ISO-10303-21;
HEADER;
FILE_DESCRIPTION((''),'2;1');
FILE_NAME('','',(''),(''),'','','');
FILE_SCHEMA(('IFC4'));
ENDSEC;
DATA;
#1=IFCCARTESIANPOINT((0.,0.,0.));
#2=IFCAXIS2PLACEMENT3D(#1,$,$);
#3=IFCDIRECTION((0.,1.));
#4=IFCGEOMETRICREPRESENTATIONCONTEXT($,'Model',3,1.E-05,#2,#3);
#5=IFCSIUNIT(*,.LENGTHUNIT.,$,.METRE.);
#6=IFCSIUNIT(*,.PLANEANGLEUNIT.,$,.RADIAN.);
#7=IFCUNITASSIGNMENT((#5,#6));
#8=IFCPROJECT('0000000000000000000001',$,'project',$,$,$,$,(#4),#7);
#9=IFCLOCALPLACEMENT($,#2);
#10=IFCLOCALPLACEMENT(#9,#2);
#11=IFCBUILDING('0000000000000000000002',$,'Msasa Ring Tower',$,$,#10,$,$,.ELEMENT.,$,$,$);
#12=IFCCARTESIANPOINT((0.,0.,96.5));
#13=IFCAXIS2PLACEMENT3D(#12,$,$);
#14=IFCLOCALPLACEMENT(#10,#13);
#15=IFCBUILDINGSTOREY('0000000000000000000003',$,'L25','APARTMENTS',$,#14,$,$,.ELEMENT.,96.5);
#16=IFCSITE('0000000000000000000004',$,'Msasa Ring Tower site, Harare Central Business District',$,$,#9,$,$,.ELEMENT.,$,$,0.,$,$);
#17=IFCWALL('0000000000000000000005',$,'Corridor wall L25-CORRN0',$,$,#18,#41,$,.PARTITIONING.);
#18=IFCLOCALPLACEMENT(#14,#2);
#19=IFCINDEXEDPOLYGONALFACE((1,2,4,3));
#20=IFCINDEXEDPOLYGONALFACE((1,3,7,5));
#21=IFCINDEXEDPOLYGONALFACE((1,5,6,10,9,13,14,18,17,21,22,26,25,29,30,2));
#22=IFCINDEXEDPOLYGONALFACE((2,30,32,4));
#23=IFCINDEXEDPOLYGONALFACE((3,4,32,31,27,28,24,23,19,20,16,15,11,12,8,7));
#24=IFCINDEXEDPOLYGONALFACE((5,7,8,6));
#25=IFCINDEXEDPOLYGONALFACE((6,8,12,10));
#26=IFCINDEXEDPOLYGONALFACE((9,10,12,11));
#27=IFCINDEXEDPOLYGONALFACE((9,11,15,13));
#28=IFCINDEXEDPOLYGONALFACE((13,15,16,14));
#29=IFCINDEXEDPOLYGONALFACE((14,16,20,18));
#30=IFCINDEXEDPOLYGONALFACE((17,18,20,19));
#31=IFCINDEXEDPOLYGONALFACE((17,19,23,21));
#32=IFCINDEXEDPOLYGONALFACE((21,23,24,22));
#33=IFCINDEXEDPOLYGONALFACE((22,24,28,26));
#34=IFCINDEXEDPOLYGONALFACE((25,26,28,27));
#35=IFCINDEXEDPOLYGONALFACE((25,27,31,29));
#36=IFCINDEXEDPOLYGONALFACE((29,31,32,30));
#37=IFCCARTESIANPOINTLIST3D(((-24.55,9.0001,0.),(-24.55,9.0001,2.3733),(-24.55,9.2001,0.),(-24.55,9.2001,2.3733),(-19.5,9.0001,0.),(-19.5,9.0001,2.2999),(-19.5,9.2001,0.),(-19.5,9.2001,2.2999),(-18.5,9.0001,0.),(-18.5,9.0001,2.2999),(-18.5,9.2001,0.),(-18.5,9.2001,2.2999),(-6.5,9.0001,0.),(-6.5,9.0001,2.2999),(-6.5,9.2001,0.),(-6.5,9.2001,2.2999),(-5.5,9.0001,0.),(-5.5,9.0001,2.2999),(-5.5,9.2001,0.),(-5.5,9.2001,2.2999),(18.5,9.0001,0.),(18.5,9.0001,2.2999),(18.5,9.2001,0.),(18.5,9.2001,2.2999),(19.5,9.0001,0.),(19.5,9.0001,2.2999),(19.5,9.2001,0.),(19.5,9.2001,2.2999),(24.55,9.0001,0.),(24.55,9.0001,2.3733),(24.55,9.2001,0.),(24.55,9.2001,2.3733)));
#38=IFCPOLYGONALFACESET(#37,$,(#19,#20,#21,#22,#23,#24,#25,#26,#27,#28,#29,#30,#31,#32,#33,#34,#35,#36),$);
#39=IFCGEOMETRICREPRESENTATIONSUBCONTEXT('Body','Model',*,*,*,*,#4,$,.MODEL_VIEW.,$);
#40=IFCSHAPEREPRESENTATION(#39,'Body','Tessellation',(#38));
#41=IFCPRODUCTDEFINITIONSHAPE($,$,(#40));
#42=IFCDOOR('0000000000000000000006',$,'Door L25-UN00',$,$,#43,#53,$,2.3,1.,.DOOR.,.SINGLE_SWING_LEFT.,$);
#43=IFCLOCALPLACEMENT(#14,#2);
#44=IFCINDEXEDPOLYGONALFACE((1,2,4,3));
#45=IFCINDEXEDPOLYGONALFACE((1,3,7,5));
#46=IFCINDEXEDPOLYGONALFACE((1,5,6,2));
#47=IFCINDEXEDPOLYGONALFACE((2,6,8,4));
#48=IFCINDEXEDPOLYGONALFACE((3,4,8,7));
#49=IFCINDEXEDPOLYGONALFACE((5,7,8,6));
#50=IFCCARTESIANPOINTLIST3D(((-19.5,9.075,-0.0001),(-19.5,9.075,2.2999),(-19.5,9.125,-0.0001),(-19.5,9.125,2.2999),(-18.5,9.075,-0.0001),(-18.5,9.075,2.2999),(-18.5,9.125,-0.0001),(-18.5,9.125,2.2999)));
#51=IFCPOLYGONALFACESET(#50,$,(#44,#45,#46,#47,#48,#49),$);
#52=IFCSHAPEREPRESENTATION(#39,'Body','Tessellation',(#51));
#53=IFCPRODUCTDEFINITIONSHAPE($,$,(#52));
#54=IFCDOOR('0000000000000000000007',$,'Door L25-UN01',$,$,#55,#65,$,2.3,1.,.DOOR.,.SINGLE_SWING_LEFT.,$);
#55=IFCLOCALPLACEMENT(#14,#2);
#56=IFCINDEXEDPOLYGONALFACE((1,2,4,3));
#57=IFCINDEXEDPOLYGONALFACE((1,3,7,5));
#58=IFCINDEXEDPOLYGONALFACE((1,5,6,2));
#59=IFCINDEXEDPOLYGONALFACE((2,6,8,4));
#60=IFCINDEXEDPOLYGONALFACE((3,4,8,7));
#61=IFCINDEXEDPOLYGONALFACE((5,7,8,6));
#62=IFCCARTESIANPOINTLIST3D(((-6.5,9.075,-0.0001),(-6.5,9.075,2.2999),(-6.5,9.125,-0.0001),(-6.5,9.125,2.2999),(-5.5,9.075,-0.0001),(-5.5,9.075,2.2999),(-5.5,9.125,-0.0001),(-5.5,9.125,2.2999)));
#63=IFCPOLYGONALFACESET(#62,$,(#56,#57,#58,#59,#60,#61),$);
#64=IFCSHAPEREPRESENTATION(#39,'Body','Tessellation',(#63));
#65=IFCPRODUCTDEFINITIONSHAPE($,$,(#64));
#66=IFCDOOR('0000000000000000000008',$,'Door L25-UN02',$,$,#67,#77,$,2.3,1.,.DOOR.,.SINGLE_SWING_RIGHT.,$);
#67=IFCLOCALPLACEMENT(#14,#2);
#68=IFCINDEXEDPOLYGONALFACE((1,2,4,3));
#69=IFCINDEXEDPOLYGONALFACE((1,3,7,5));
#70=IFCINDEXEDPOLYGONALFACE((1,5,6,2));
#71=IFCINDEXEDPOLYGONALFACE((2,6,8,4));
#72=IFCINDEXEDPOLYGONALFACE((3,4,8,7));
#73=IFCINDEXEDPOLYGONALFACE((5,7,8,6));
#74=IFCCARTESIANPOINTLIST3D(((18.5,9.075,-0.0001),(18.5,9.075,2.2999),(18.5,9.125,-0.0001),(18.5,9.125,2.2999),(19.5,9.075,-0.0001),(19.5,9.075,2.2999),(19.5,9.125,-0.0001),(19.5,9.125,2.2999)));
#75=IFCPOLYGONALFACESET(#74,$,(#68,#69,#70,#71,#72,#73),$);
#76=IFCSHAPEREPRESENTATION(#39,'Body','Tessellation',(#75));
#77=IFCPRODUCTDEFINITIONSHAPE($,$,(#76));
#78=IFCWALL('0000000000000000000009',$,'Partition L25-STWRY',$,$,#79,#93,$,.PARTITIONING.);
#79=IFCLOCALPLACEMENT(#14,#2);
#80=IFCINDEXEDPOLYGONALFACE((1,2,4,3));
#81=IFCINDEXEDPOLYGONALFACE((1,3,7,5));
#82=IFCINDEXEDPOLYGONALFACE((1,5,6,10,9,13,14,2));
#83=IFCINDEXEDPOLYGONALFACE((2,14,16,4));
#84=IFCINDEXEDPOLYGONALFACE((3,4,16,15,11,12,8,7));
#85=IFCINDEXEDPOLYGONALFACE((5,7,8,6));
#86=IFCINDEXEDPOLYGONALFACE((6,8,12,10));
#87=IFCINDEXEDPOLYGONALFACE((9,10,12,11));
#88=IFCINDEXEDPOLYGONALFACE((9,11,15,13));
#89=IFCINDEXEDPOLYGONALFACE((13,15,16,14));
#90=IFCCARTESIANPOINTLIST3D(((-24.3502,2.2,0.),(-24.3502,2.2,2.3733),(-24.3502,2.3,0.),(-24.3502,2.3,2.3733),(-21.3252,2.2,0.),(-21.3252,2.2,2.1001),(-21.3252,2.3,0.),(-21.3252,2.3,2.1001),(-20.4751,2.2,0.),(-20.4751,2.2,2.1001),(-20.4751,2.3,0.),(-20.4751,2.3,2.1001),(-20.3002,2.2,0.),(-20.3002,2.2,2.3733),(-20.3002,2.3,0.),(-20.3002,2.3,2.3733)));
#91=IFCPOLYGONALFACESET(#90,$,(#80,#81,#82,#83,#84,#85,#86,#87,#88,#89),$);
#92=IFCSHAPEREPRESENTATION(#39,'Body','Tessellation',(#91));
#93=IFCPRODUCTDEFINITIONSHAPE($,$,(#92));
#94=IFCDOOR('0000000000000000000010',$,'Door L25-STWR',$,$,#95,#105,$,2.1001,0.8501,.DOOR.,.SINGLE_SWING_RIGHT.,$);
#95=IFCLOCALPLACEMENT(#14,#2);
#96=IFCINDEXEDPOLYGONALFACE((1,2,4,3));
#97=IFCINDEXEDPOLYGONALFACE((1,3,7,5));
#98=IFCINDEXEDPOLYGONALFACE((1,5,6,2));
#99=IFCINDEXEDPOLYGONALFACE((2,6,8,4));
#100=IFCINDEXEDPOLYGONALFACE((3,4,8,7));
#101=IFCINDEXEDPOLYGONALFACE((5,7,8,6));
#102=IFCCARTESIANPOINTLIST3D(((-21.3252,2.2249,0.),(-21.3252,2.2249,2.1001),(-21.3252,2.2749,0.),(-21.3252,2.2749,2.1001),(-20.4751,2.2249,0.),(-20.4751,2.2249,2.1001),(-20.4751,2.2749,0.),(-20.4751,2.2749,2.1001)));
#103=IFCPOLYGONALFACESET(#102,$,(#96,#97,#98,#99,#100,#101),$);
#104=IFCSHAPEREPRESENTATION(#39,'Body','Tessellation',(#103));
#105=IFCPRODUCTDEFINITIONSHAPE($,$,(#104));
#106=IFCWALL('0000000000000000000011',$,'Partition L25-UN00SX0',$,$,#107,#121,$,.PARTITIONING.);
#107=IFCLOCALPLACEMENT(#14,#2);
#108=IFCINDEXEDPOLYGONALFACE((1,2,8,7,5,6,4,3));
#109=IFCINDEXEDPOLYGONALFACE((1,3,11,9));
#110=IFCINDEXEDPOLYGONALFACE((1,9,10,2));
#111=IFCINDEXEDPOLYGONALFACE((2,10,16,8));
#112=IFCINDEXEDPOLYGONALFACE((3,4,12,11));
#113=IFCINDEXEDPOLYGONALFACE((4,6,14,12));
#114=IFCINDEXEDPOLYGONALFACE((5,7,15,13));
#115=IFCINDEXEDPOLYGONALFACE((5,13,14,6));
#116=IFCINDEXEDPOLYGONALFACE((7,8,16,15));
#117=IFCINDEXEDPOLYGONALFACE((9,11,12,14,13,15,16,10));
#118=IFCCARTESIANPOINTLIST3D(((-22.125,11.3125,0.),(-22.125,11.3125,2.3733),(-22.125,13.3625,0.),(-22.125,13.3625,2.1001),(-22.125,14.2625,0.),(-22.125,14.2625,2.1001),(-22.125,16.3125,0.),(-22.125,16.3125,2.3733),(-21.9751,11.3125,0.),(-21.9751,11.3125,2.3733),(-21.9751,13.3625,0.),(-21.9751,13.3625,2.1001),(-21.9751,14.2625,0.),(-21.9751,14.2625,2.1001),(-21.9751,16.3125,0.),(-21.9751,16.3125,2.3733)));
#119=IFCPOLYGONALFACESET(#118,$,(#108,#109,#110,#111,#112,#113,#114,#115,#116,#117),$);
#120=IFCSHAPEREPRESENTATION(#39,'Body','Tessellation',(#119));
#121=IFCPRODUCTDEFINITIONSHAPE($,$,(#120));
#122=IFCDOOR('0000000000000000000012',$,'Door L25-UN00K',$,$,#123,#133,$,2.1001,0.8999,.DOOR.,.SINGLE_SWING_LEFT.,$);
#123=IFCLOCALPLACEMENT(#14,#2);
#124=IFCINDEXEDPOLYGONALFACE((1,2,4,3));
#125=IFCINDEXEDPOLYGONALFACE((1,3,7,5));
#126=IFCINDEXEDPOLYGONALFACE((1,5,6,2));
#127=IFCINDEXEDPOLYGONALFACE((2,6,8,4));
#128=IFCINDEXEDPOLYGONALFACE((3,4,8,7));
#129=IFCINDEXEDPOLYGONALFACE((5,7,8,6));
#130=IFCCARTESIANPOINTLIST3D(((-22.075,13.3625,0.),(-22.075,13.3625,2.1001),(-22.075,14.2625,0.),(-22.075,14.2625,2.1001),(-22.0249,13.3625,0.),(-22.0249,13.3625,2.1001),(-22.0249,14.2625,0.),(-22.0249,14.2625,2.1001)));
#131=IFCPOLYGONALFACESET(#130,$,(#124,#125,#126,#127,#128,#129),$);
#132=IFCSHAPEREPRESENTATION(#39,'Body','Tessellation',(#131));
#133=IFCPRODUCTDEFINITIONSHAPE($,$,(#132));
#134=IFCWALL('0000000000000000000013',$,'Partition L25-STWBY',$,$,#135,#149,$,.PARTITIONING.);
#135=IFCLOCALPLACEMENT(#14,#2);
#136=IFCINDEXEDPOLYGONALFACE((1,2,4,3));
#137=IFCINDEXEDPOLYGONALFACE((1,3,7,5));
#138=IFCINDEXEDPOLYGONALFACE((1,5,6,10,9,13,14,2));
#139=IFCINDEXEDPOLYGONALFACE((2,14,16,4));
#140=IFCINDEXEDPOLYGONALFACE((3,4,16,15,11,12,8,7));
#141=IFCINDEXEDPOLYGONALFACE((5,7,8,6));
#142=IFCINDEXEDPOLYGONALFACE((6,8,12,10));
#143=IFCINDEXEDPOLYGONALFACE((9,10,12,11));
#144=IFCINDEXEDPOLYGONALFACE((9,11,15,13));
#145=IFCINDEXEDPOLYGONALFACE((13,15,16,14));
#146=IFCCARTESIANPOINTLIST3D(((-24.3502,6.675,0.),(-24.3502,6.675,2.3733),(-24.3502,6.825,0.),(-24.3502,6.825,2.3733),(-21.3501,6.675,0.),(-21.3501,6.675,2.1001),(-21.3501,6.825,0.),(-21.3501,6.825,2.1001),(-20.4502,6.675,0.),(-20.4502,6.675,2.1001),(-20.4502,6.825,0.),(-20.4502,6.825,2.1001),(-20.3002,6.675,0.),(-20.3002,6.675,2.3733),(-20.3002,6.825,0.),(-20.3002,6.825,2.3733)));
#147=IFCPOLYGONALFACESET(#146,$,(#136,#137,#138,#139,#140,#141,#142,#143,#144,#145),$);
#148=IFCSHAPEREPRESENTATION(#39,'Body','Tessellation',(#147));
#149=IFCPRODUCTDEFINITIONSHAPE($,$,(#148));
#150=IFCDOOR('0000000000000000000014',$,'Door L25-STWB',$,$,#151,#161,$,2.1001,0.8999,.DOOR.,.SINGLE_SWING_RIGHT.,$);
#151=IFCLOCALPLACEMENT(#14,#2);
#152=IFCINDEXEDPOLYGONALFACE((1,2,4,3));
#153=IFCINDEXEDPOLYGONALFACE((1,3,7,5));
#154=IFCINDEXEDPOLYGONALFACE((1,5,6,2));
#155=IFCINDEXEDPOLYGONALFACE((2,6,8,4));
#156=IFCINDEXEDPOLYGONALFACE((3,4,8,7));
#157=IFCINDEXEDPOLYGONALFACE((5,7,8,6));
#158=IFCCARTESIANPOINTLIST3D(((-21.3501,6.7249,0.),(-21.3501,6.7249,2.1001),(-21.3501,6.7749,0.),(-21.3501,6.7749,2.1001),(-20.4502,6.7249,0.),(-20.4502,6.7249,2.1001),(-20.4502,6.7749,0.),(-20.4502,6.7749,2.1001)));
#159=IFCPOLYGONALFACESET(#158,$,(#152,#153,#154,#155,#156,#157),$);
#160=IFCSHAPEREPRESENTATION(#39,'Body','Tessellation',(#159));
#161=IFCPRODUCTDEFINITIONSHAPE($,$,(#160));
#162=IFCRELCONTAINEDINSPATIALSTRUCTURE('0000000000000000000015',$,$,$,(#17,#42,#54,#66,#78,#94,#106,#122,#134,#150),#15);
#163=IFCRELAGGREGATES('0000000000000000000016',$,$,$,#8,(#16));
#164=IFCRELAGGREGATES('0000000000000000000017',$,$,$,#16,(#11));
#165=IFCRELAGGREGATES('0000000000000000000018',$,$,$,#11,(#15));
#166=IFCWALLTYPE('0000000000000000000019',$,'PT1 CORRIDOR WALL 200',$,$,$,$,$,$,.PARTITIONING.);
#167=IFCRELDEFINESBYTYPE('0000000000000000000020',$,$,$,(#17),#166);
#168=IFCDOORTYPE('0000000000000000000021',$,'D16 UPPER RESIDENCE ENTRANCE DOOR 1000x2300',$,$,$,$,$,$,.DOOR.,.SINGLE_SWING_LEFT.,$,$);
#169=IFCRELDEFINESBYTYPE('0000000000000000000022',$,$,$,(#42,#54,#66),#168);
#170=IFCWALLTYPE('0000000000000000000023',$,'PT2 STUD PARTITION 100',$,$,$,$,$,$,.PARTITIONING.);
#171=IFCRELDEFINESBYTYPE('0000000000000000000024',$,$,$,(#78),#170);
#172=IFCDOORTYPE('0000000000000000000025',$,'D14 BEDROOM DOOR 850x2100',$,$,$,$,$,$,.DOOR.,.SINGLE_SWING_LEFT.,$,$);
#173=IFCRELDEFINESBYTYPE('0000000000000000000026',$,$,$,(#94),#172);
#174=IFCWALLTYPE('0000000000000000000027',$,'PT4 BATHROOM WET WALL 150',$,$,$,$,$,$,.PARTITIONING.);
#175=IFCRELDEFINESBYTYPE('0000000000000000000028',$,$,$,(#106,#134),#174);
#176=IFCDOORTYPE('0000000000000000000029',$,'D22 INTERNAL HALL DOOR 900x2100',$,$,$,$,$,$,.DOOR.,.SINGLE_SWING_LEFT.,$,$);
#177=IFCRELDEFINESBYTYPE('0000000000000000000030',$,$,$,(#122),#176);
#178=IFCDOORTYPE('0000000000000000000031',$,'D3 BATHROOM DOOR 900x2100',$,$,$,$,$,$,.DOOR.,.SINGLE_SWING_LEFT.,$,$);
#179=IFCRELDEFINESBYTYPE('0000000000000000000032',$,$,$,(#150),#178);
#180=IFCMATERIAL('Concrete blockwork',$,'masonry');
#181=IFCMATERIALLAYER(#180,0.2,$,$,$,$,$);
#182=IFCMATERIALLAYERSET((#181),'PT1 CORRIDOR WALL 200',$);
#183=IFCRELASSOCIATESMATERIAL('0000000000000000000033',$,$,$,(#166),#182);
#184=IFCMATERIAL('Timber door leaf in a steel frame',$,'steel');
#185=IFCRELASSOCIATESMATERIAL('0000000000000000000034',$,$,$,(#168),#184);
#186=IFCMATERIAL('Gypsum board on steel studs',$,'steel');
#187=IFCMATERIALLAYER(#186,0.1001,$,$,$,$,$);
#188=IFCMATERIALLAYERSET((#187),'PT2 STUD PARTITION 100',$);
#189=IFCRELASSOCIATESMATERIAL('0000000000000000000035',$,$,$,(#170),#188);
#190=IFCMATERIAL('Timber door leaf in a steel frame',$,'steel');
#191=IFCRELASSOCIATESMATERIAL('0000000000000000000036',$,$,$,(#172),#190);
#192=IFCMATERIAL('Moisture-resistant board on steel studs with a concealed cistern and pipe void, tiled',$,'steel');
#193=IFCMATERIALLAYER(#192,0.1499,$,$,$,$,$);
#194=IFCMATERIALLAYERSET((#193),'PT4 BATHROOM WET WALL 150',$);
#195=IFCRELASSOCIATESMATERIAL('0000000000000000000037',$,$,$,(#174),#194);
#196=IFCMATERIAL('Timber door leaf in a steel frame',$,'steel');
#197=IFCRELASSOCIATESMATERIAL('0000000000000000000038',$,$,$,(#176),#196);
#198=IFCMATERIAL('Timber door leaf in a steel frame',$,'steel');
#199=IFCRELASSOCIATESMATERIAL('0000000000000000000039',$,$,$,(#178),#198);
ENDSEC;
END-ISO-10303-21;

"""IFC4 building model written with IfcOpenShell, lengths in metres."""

from ifc_helpers import new_model, si_unit, direction, frame, frame_2d, origin, place, context, subcontext, project, spatial, rectangle, extrude, material, layer, layer_set, type_object, element, fill, save


model = new_model("IFC4")

# Units and contexts
model_context = context("Model", 3, precision=1e-05, world=origin(), true_north=direction((0.0, 1.0)))
body_context = subcontext(model_context, "Body", "Model", "MODEL_VIEW")
ifc_project = project(units=[si_unit("LENGTHUNIT", "METRE"), si_unit("PLANEANGLEUNIT", "RADIAN")], contexts=[model_context])

# Site, building, storey
site_placement = place(None, origin())
site = spatial("IfcSite", under=ifc_project, at=site_placement, Name="Msasa Ring Tower site, Harare Central Business District", CompositionType="ELEMENT", RefElevation=0.0)
building_placement = place(site_placement, origin())
building = spatial("IfcBuilding", under=site, at=building_placement, Name="Msasa Ring Tower", CompositionType="ELEMENT")
storey_placement = place(building_placement, frame((0.0, 0.0, 96.5)))
storey = spatial("IfcBuildingStorey", under=building, at=storey_placement, Name="L25", Description="APARTMENTS", CompositionType="ELEMENT", Elevation=96.5)

# Wall, openings, doors
ifc_material_1 = material(Name="Concrete blockwork", Category="masonry")
ifc_layer_1 = layer(ifc_material_1, 0.2)
ifc_layer_set_1 = layer_set([ifc_layer_1], Name="PT1 CORRIDOR WALL 200")
wall_type_1 = type_object("IfcWallType", Name="PT1 CORRIDOR WALL 200", PredefinedType="PARTITIONING", material=ifc_layer_set_1)
wall_1_placement = place(storey_placement, frame((-24.55, 9.1001, 0.0), z_axis=(0.0, 0.0, 1.0), x_axis=(1.0, 0.0, 0.0)))
wall_1 = element("IfcWall", 1, at=wall_1_placement, inside=storey, type_object=wall_type_1, Name="Corridor wall L25-CORRN0", PredefinedType="PARTITIONING", context=body_context, shape_type="SweptSolid", body=[
    extrude(rectangle(XDim=49.1001, YDim=0.2, at=frame_2d((24.55, 0.0))), origin(), (0.0, 0.0, 1.0), 2.3733),
])
opening_1_placement = place(wall_1_placement, frame((5.05, 0.0, 0.0)))
opening_1 = element("IfcOpeningElement", 2, at=opening_1_placement, cuts=wall_1, PredefinedType="OPENING", context=body_context, shape_type="SweptSolid", body=[
    extrude(rectangle(XDim=1.0, YDim=2.3, at=frame_2d((0.5, 1.1499))), frame((0.0, 0.1099, 0.0), z_axis=(0.0, -1.0, 0.0), x_axis=(1.0, 0.0, 0.0)), (0.0, 0.0, 1.0), 0.22),
])
opening_2_placement = place(wall_1_placement, frame((18.05, 0.0, 0.0)))
opening_2 = element("IfcOpeningElement", 3, at=opening_2_placement, cuts=wall_1, PredefinedType="OPENING", context=body_context, shape_type="SweptSolid", body=[
    extrude(rectangle(XDim=1.0, YDim=2.3, at=frame_2d((0.5, 1.1499))), frame((0.0, 0.1099, 0.0), z_axis=(0.0, -1.0, 0.0), x_axis=(1.0, 0.0, 0.0)), (0.0, 0.0, 1.0), 0.22),
])
opening_3_placement = place(wall_1_placement, frame((43.05, 0.0, 0.0)))
opening_3 = element("IfcOpeningElement", 4, at=opening_3_placement, cuts=wall_1, PredefinedType="OPENING", context=body_context, shape_type="SweptSolid", body=[
    extrude(rectangle(XDim=1.0, YDim=2.3, at=frame_2d((0.5, 1.1499))), frame((0.0, 0.1099, 0.0), z_axis=(0.0, -1.0, 0.0), x_axis=(1.0, 0.0, 0.0)), (0.0, 0.0, 1.0), 0.22),
])
ifc_material_2 = material(Name="Timber door leaf in a steel frame", Category="steel")
door_type_1 = type_object("IfcDoorType", Name="D16 UPPER RESIDENCE ENTRANCE DOOR 1000x2300", OperationType="SINGLE_SWING_LEFT", PredefinedType="DOOR", material=ifc_material_2)
door_1_placement = place(opening_1_placement, origin())
door_1 = element("IfcDoor", 5, at=door_1_placement, inside=storey, type_object=door_type_1, Name="Door L25-UN00", OperationType="SINGLE_SWING_LEFT", OverallHeight=2.3, OverallWidth=1.0, PredefinedType="DOOR", context=body_context, shape_type="SweptSolid", body=[
    extrude(rectangle(XDim=1.0, YDim=2.3, at=frame_2d((0.5, 1.1499))), frame((0.0, 0.0249, 0.0), z_axis=(0.0, -1.0, 0.0), x_axis=(1.0, 0.0, 0.0)), (0.0, 0.0, 1.0), 0.05),
])
fill(opening_1, door_1)
door_2_placement = place(opening_2_placement, origin())
door_2 = element("IfcDoor", 6, at=door_2_placement, inside=storey, type_object=door_type_1, Name="Door L25-UN01", OperationType="SINGLE_SWING_LEFT", OverallHeight=2.3, OverallWidth=1.0, PredefinedType="DOOR", context=body_context, shape_type="SweptSolid", body=[
    extrude(rectangle(XDim=1.0, YDim=2.3, at=frame_2d((0.5, 1.1499))), frame((0.0, 0.0249, 0.0), z_axis=(0.0, -1.0, 0.0), x_axis=(1.0, 0.0, 0.0)), (0.0, 0.0, 1.0), 0.05),
])
fill(opening_2, door_2)
door_3_placement = place(opening_3_placement, origin())
door_3 = element("IfcDoor", 7, at=door_3_placement, inside=storey, type_object=door_type_1, Name="Door L25-UN02", OperationType="SINGLE_SWING_RIGHT", OverallHeight=2.3, OverallWidth=1.0, PredefinedType="DOOR", context=body_context, shape_type="SweptSolid", body=[
    extrude(rectangle(XDim=1.0, YDim=2.3, at=frame_2d((0.5, 1.1499))), frame((0.0, 0.0249, 0.0), z_axis=(0.0, -1.0, 0.0), x_axis=(1.0, 0.0, 0.0)), (0.0, 0.0, 1.0), 0.05),
])
fill(opening_3, door_3)

# Walls, openings, doors
ifc_material_3 = material(Name="Gypsum board on steel studs", Category="steel")
ifc_layer_2 = layer(ifc_material_3, 0.1001)
ifc_layer_set_2 = layer_set([ifc_layer_2], Name="PT2 STUD PARTITION 100")
wall_type_2 = type_object("IfcWallType", Name="PT2 STUD PARTITION 100", PredefinedType="PARTITIONING", material=ifc_layer_set_2)
wall_2_placement = place(storey_placement, frame((-24.3501, 2.25, 0.0), z_axis=(0.0, 0.0, 1.0), x_axis=(1.0, 0.0, 0.0)))
wall_2 = element("IfcWall", 8, at=wall_2_placement, inside=storey, type_object=wall_type_2, Name="Partition L25-STWRY", PredefinedType="PARTITIONING", context=body_context, shape_type="SweptSolid", body=[
    extrude(rectangle(XDim=4.05, YDim=0.1001, at=frame_2d((2.0249, 0.0))), origin(), (0.0, 0.0, 1.0), 2.3733),
])
opening_4_placement = place(wall_2_placement, frame((3.0249, 0.0, 0.0)))
opening_4 = element("IfcOpeningElement", 9, at=opening_4_placement, cuts=wall_2, PredefinedType="OPENING", context=body_context, shape_type="SweptSolid", body=[
    extrude(rectangle(XDim=0.8501, YDim=2.1001, at=frame_2d((0.425, 1.05))), frame((0.0, 0.0601, 0.0), z_axis=(0.0, -1.0, 0.0), x_axis=(1.0, 0.0, 0.0)), (0.0, 0.0, 1.0), 0.1201),
])
ifc_material_4 = material(Name="Timber door leaf in a steel frame", Category="steel")
door_type_2 = type_object("IfcDoorType", Name="D14 BEDROOM DOOR 850x2100", OperationType="SINGLE_SWING_LEFT", PredefinedType="DOOR", material=ifc_material_4)
door_4_placement = place(opening_4_placement, origin())
door_4 = element("IfcDoor", 10, at=door_4_placement, inside=storey, type_object=door_type_2, Name="Door L25-STWR", OperationType="SINGLE_SWING_RIGHT", OverallHeight=2.1001, OverallWidth=0.8501, PredefinedType="DOOR", context=body_context, shape_type="SweptSolid", body=[
    extrude(rectangle(XDim=0.8501, YDim=2.1001, at=frame_2d((0.425, 1.05))), frame((0.0, 0.0249, 0.0), z_axis=(0.0, -1.0, 0.0), x_axis=(1.0, 0.0, 0.0)), (0.0, 0.0, 1.0), 0.05),
])
fill(opening_4, door_4)
ifc_material_5 = material(Name="Moisture-resistant board on steel studs with a concealed cistern and pipe void, tiled", Category="steel")
ifc_layer_3 = layer(ifc_material_5, 0.1499)
ifc_layer_set_3 = layer_set([ifc_layer_3], Name="PT4 BATHROOM WET WALL 150")
wall_type_3 = type_object("IfcWallType", Name="PT4 BATHROOM WET WALL 150", PredefinedType="PARTITIONING", material=ifc_layer_set_3)
wall_3_placement = place(storey_placement, frame((-22.05, 11.3125, 0.0), z_axis=(0.0, 0.0, 1.0), x_axis=(0.0, 1.0, 0.0)))
wall_3 = element("IfcWall", 11, at=wall_3_placement, inside=storey, type_object=wall_type_3, Name="Partition L25-UN00SX0", PredefinedType="PARTITIONING", context=body_context, shape_type="SweptSolid", body=[
    extrude(rectangle(XDim=5.0, YDim=0.1499, at=frame_2d((2.5, 0.0))), origin(), (0.0, 0.0, 1.0), 2.3733),
])
opening_5_placement = place(wall_3_placement, frame((2.05, 0.0, 0.0)))
opening_5 = element("IfcOpeningElement", 12, at=opening_5_placement, cuts=wall_3, PredefinedType="OPENING", context=body_context, shape_type="SweptSolid", body=[
    extrude(rectangle(XDim=0.8999, YDim=2.1001, at=frame_2d((0.45, 1.05))), frame((0.0, 0.085, 0.0), z_axis=(0.0, -1.0, 0.0), x_axis=(1.0, 0.0, 0.0)), (0.0, 0.0, 1.0), 0.1699),
])
ifc_material_6 = material(Name="Timber door leaf in a steel frame", Category="steel")
door_type_3 = type_object("IfcDoorType", Name="D22 INTERNAL HALL DOOR 900x2100", OperationType="SINGLE_SWING_LEFT", PredefinedType="DOOR", material=ifc_material_6)
door_5_placement = place(opening_5_placement, origin())
door_5 = element("IfcDoor", 13, at=door_5_placement, inside=storey, type_object=door_type_3, Name="Door L25-UN00K", OperationType="SINGLE_SWING_LEFT", OverallHeight=2.1001, OverallWidth=0.8999, PredefinedType="DOOR", context=body_context, shape_type="SweptSolid", body=[
    extrude(rectangle(XDim=0.8999, YDim=2.1001, at=frame_2d((0.45, 1.05))), frame((0.0, 0.0249, 0.0), z_axis=(0.0, -1.0, 0.0), x_axis=(1.0, 0.0, 0.0)), (0.0, 0.0, 1.0), 0.05),
])
fill(opening_5, door_5)
wall_4_placement = place(storey_placement, frame((-24.3501, 6.75, 0.0), z_axis=(0.0, 0.0, 1.0), x_axis=(1.0, 0.0, 0.0)))
wall_4 = element("IfcWall", 14, at=wall_4_placement, inside=storey, type_object=wall_type_3, Name="Partition L25-STWBY", PredefinedType="PARTITIONING", context=body_context, shape_type="SweptSolid", body=[
    extrude(rectangle(XDim=4.05, YDim=0.1499, at=frame_2d((2.0249, 0.0))), origin(), (0.0, 0.0, 1.0), 2.3733),
])
opening_6_placement = place(wall_4_placement, frame((3.0, 0.0, 0.0)))
opening_6 = element("IfcOpeningElement", 15, at=opening_6_placement, cuts=wall_4, PredefinedType="OPENING", context=body_context, shape_type="SweptSolid", body=[
    extrude(rectangle(XDim=0.8999, YDim=2.1001, at=frame_2d((0.45, 1.05))), frame((0.0, 0.085, 0.0), z_axis=(0.0, -1.0, 0.0), x_axis=(1.0, 0.0, 0.0)), (0.0, 0.0, 1.0), 0.1699),
])
ifc_material_7 = material(Name="Timber door leaf in a steel frame", Category="steel")
door_type_4 = type_object("IfcDoorType", Name="D3 BATHROOM DOOR 900x2100", OperationType="SINGLE_SWING_LEFT", PredefinedType="DOOR", material=ifc_material_7)
door_6_placement = place(opening_6_placement, origin())
door_6 = element("IfcDoor", 16, at=door_6_placement, inside=storey, type_object=door_type_4, Name="Door L25-STWB", OperationType="SINGLE_SWING_RIGHT", OverallHeight=2.1001, OverallWidth=0.8999, PredefinedType="DOOR", context=body_context, shape_type="SweptSolid", body=[
    extrude(rectangle(XDim=0.8999, YDim=2.1001, at=frame_2d((0.45, 1.05))), frame((0.0, 0.0249, 0.0), z_axis=(0.0, -1.0, 0.0), x_axis=(1.0, 0.0, 0.0)), (0.0, 0.0, 1.0), 0.05),
])
fill(opening_6, door_6)

save(model, "model.ifc")
